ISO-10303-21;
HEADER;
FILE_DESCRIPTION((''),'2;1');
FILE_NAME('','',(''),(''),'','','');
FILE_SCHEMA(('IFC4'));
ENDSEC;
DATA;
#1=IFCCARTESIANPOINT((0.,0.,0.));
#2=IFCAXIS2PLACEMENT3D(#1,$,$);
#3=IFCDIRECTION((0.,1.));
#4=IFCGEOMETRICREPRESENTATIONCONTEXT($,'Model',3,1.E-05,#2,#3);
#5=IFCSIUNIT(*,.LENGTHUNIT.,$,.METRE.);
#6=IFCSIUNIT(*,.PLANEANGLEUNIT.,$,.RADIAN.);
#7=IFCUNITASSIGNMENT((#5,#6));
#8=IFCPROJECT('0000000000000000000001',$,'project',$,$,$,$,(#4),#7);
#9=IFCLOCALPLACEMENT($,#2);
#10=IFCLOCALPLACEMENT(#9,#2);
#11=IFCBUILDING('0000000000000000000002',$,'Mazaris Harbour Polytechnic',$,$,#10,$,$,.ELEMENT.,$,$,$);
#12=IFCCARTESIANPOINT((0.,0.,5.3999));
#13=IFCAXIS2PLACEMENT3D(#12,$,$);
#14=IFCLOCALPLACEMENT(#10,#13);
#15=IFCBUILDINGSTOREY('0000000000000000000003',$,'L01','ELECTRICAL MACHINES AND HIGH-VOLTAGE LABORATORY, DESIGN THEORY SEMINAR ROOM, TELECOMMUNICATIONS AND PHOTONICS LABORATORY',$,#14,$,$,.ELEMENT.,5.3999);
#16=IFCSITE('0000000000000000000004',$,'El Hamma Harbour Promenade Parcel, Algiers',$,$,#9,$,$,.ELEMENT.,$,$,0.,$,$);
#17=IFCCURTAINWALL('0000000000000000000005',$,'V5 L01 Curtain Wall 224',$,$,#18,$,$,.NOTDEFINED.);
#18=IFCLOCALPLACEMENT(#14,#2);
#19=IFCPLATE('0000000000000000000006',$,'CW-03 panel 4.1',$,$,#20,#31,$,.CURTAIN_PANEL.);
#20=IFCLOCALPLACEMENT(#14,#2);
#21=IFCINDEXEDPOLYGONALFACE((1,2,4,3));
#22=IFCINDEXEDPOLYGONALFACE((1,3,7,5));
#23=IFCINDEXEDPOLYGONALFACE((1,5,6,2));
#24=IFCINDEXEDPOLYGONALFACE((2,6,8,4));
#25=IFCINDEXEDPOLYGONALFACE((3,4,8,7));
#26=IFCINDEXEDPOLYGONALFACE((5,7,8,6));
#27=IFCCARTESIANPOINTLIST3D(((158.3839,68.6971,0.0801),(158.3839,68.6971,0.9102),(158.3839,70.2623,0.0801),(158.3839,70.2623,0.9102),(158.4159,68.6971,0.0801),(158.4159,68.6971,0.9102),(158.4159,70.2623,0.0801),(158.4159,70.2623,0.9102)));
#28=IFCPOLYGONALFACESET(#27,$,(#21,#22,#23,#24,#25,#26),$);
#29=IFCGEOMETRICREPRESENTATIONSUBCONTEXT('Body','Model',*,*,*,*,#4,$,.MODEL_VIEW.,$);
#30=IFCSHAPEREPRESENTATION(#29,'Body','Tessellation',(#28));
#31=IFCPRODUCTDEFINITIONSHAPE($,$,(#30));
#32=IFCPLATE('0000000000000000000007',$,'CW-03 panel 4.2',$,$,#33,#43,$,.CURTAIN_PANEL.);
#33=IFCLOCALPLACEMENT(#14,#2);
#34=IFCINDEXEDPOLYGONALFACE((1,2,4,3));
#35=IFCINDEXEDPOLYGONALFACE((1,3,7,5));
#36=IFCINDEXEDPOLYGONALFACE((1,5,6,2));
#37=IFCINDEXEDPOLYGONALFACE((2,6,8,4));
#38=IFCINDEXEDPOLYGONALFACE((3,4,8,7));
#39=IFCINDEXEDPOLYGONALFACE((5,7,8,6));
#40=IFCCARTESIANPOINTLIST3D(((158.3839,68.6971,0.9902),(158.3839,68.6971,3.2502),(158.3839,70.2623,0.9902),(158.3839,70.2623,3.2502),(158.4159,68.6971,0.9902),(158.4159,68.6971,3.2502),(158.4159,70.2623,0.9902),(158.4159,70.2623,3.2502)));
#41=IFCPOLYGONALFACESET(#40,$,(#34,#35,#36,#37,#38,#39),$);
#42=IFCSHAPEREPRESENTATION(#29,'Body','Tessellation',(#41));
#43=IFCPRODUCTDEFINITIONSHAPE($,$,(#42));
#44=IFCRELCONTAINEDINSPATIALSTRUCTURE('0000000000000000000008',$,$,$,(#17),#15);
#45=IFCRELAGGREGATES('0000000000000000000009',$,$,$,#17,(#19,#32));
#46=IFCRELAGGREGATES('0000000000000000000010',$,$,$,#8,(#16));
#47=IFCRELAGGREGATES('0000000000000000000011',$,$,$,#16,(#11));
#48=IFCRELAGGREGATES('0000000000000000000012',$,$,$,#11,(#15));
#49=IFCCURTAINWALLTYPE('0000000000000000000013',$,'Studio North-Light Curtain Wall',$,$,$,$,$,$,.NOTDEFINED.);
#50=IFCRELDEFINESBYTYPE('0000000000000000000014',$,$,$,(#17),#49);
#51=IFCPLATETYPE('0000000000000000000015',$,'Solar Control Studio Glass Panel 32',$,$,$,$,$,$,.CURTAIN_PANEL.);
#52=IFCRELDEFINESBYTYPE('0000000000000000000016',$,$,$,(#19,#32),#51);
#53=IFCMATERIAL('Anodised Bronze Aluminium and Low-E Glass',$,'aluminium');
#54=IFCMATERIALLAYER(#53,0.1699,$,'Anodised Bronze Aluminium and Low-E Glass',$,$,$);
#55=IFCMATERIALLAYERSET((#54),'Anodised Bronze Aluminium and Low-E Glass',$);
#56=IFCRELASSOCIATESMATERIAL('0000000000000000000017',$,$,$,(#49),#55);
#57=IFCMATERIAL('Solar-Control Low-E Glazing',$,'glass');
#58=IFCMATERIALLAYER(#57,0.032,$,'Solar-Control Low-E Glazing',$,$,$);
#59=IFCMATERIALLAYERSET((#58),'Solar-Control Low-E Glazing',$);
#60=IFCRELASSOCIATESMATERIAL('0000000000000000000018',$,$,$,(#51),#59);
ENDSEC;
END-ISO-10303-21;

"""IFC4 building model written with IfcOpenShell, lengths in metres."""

from ifc_helpers import new_model, si_unit, direction, frame, origin, origin_2d, place, context, subcontext, project, spatial, rectangle, extrude, material, layer, layer_set, type_object, element, aggregate, save


model = new_model("IFC4")

# Units and contexts
model_context = context("Model", 3, precision=1e-05, world=origin(), true_north=direction((0.0, 1.0)))
body_context = subcontext(model_context, "Body", "Model", "MODEL_VIEW")
ifc_project = project(units=[si_unit("LENGTHUNIT", "METRE"), si_unit("PLANEANGLEUNIT", "RADIAN")], contexts=[model_context])

# Site, building, storey
site_placement = place(None, origin())
site = spatial("IfcSite", under=ifc_project, at=site_placement, Name="El Hamma Harbour Promenade Parcel, Algiers", CompositionType="ELEMENT", RefElevation=0.0)
building_placement = place(site_placement, origin())
building = spatial("IfcBuilding", under=site, at=building_placement, Name="Mazaris Harbour Polytechnic", CompositionType="ELEMENT")
storey_placement = place(building_placement, frame((0.0, 0.0, 5.3999)))
storey = spatial("IfcBuildingStorey", under=building, at=storey_placement, Name="L01", Description="ELECTRICAL MACHINES AND HIGH-VOLTAGE LABORATORY, DESIGN THEORY SEMINAR ROOM, TELECOMMUNICATIONS AND PHOTONICS LABORATORY", CompositionType="ELEMENT", Elevation=5.3999)

# Curtain wall
ifc_material_1 = material(Name="Anodised Bronze Aluminium and Low-E Glass", Category="aluminium")
ifc_layer_1 = layer(ifc_material_1, 0.1699, Name="Anodised Bronze Aluminium and Low-E Glass")
ifc_layer_set_1 = layer_set([ifc_layer_1], Name="Anodised Bronze Aluminium and Low-E Glass")
curtain_wall_type = type_object("IfcCurtainWallType", Name="Studio North-Light Curtain Wall", PredefinedType="NOTDEFINED", material=ifc_layer_set_1)
curtain_wall_1_placement = place(storey_placement, origin())
curtain_wall_1 = element("IfcCurtainWall", 1, at=curtain_wall_1_placement, inside=storey, type_object=curtain_wall_type, Name="V5 L01 Curtain Wall 224", PredefinedType="NOTDEFINED")

# Plates
ifc_material_2 = material(Name="Solar-Control Low-E Glazing", Category="glass")
ifc_layer_2 = layer(ifc_material_2, 0.032, Name="Solar-Control Low-E Glazing")
ifc_layer_set_2 = layer_set([ifc_layer_2], Name="Solar-Control Low-E Glazing")
plate_type = type_object("IfcPlateType", Name="Solar Control Studio Glass Panel 32", PredefinedType="CURTAIN_PANEL", material=ifc_layer_set_2)
plate_1_placement = place(storey_placement, frame((158.3999, 69.4797, 0.0801), z_axis=(0.0, 0.0, 1.0), x_axis=(0.0, -1.0, 0.0)))
plate_1 = element("IfcPlate", 2, at=plate_1_placement, type_object=plate_type, Name="CW-03 panel 4.1", PredefinedType="CURTAIN_PANEL", context=body_context, shape_type="SweptSolid", body=[
    extrude(rectangle(XDim=1.5652, YDim=0.032, at=origin_2d()), origin(), (0.0, 0.0, 1.0), 0.8301),
])
plate_2_placement = place(storey_placement, frame((158.3999, 69.4797, 0.9902), z_axis=(0.0, 0.0, 1.0), x_axis=(0.0, -1.0, 0.0)))
plate_2 = element("IfcPlate", 3, at=plate_2_placement, type_object=plate_type, Name="CW-03 panel 4.2", PredefinedType="CURTAIN_PANEL", context=body_context, shape_type="SweptSolid", body=[
    extrude(rectangle(XDim=1.5652, YDim=0.032, at=origin_2d()), origin(), (0.0, 0.0, 1.0), 2.26),
])
aggregate(curtain_wall_1, [plate_1, plate_2])

save(model, "model.ifc")
